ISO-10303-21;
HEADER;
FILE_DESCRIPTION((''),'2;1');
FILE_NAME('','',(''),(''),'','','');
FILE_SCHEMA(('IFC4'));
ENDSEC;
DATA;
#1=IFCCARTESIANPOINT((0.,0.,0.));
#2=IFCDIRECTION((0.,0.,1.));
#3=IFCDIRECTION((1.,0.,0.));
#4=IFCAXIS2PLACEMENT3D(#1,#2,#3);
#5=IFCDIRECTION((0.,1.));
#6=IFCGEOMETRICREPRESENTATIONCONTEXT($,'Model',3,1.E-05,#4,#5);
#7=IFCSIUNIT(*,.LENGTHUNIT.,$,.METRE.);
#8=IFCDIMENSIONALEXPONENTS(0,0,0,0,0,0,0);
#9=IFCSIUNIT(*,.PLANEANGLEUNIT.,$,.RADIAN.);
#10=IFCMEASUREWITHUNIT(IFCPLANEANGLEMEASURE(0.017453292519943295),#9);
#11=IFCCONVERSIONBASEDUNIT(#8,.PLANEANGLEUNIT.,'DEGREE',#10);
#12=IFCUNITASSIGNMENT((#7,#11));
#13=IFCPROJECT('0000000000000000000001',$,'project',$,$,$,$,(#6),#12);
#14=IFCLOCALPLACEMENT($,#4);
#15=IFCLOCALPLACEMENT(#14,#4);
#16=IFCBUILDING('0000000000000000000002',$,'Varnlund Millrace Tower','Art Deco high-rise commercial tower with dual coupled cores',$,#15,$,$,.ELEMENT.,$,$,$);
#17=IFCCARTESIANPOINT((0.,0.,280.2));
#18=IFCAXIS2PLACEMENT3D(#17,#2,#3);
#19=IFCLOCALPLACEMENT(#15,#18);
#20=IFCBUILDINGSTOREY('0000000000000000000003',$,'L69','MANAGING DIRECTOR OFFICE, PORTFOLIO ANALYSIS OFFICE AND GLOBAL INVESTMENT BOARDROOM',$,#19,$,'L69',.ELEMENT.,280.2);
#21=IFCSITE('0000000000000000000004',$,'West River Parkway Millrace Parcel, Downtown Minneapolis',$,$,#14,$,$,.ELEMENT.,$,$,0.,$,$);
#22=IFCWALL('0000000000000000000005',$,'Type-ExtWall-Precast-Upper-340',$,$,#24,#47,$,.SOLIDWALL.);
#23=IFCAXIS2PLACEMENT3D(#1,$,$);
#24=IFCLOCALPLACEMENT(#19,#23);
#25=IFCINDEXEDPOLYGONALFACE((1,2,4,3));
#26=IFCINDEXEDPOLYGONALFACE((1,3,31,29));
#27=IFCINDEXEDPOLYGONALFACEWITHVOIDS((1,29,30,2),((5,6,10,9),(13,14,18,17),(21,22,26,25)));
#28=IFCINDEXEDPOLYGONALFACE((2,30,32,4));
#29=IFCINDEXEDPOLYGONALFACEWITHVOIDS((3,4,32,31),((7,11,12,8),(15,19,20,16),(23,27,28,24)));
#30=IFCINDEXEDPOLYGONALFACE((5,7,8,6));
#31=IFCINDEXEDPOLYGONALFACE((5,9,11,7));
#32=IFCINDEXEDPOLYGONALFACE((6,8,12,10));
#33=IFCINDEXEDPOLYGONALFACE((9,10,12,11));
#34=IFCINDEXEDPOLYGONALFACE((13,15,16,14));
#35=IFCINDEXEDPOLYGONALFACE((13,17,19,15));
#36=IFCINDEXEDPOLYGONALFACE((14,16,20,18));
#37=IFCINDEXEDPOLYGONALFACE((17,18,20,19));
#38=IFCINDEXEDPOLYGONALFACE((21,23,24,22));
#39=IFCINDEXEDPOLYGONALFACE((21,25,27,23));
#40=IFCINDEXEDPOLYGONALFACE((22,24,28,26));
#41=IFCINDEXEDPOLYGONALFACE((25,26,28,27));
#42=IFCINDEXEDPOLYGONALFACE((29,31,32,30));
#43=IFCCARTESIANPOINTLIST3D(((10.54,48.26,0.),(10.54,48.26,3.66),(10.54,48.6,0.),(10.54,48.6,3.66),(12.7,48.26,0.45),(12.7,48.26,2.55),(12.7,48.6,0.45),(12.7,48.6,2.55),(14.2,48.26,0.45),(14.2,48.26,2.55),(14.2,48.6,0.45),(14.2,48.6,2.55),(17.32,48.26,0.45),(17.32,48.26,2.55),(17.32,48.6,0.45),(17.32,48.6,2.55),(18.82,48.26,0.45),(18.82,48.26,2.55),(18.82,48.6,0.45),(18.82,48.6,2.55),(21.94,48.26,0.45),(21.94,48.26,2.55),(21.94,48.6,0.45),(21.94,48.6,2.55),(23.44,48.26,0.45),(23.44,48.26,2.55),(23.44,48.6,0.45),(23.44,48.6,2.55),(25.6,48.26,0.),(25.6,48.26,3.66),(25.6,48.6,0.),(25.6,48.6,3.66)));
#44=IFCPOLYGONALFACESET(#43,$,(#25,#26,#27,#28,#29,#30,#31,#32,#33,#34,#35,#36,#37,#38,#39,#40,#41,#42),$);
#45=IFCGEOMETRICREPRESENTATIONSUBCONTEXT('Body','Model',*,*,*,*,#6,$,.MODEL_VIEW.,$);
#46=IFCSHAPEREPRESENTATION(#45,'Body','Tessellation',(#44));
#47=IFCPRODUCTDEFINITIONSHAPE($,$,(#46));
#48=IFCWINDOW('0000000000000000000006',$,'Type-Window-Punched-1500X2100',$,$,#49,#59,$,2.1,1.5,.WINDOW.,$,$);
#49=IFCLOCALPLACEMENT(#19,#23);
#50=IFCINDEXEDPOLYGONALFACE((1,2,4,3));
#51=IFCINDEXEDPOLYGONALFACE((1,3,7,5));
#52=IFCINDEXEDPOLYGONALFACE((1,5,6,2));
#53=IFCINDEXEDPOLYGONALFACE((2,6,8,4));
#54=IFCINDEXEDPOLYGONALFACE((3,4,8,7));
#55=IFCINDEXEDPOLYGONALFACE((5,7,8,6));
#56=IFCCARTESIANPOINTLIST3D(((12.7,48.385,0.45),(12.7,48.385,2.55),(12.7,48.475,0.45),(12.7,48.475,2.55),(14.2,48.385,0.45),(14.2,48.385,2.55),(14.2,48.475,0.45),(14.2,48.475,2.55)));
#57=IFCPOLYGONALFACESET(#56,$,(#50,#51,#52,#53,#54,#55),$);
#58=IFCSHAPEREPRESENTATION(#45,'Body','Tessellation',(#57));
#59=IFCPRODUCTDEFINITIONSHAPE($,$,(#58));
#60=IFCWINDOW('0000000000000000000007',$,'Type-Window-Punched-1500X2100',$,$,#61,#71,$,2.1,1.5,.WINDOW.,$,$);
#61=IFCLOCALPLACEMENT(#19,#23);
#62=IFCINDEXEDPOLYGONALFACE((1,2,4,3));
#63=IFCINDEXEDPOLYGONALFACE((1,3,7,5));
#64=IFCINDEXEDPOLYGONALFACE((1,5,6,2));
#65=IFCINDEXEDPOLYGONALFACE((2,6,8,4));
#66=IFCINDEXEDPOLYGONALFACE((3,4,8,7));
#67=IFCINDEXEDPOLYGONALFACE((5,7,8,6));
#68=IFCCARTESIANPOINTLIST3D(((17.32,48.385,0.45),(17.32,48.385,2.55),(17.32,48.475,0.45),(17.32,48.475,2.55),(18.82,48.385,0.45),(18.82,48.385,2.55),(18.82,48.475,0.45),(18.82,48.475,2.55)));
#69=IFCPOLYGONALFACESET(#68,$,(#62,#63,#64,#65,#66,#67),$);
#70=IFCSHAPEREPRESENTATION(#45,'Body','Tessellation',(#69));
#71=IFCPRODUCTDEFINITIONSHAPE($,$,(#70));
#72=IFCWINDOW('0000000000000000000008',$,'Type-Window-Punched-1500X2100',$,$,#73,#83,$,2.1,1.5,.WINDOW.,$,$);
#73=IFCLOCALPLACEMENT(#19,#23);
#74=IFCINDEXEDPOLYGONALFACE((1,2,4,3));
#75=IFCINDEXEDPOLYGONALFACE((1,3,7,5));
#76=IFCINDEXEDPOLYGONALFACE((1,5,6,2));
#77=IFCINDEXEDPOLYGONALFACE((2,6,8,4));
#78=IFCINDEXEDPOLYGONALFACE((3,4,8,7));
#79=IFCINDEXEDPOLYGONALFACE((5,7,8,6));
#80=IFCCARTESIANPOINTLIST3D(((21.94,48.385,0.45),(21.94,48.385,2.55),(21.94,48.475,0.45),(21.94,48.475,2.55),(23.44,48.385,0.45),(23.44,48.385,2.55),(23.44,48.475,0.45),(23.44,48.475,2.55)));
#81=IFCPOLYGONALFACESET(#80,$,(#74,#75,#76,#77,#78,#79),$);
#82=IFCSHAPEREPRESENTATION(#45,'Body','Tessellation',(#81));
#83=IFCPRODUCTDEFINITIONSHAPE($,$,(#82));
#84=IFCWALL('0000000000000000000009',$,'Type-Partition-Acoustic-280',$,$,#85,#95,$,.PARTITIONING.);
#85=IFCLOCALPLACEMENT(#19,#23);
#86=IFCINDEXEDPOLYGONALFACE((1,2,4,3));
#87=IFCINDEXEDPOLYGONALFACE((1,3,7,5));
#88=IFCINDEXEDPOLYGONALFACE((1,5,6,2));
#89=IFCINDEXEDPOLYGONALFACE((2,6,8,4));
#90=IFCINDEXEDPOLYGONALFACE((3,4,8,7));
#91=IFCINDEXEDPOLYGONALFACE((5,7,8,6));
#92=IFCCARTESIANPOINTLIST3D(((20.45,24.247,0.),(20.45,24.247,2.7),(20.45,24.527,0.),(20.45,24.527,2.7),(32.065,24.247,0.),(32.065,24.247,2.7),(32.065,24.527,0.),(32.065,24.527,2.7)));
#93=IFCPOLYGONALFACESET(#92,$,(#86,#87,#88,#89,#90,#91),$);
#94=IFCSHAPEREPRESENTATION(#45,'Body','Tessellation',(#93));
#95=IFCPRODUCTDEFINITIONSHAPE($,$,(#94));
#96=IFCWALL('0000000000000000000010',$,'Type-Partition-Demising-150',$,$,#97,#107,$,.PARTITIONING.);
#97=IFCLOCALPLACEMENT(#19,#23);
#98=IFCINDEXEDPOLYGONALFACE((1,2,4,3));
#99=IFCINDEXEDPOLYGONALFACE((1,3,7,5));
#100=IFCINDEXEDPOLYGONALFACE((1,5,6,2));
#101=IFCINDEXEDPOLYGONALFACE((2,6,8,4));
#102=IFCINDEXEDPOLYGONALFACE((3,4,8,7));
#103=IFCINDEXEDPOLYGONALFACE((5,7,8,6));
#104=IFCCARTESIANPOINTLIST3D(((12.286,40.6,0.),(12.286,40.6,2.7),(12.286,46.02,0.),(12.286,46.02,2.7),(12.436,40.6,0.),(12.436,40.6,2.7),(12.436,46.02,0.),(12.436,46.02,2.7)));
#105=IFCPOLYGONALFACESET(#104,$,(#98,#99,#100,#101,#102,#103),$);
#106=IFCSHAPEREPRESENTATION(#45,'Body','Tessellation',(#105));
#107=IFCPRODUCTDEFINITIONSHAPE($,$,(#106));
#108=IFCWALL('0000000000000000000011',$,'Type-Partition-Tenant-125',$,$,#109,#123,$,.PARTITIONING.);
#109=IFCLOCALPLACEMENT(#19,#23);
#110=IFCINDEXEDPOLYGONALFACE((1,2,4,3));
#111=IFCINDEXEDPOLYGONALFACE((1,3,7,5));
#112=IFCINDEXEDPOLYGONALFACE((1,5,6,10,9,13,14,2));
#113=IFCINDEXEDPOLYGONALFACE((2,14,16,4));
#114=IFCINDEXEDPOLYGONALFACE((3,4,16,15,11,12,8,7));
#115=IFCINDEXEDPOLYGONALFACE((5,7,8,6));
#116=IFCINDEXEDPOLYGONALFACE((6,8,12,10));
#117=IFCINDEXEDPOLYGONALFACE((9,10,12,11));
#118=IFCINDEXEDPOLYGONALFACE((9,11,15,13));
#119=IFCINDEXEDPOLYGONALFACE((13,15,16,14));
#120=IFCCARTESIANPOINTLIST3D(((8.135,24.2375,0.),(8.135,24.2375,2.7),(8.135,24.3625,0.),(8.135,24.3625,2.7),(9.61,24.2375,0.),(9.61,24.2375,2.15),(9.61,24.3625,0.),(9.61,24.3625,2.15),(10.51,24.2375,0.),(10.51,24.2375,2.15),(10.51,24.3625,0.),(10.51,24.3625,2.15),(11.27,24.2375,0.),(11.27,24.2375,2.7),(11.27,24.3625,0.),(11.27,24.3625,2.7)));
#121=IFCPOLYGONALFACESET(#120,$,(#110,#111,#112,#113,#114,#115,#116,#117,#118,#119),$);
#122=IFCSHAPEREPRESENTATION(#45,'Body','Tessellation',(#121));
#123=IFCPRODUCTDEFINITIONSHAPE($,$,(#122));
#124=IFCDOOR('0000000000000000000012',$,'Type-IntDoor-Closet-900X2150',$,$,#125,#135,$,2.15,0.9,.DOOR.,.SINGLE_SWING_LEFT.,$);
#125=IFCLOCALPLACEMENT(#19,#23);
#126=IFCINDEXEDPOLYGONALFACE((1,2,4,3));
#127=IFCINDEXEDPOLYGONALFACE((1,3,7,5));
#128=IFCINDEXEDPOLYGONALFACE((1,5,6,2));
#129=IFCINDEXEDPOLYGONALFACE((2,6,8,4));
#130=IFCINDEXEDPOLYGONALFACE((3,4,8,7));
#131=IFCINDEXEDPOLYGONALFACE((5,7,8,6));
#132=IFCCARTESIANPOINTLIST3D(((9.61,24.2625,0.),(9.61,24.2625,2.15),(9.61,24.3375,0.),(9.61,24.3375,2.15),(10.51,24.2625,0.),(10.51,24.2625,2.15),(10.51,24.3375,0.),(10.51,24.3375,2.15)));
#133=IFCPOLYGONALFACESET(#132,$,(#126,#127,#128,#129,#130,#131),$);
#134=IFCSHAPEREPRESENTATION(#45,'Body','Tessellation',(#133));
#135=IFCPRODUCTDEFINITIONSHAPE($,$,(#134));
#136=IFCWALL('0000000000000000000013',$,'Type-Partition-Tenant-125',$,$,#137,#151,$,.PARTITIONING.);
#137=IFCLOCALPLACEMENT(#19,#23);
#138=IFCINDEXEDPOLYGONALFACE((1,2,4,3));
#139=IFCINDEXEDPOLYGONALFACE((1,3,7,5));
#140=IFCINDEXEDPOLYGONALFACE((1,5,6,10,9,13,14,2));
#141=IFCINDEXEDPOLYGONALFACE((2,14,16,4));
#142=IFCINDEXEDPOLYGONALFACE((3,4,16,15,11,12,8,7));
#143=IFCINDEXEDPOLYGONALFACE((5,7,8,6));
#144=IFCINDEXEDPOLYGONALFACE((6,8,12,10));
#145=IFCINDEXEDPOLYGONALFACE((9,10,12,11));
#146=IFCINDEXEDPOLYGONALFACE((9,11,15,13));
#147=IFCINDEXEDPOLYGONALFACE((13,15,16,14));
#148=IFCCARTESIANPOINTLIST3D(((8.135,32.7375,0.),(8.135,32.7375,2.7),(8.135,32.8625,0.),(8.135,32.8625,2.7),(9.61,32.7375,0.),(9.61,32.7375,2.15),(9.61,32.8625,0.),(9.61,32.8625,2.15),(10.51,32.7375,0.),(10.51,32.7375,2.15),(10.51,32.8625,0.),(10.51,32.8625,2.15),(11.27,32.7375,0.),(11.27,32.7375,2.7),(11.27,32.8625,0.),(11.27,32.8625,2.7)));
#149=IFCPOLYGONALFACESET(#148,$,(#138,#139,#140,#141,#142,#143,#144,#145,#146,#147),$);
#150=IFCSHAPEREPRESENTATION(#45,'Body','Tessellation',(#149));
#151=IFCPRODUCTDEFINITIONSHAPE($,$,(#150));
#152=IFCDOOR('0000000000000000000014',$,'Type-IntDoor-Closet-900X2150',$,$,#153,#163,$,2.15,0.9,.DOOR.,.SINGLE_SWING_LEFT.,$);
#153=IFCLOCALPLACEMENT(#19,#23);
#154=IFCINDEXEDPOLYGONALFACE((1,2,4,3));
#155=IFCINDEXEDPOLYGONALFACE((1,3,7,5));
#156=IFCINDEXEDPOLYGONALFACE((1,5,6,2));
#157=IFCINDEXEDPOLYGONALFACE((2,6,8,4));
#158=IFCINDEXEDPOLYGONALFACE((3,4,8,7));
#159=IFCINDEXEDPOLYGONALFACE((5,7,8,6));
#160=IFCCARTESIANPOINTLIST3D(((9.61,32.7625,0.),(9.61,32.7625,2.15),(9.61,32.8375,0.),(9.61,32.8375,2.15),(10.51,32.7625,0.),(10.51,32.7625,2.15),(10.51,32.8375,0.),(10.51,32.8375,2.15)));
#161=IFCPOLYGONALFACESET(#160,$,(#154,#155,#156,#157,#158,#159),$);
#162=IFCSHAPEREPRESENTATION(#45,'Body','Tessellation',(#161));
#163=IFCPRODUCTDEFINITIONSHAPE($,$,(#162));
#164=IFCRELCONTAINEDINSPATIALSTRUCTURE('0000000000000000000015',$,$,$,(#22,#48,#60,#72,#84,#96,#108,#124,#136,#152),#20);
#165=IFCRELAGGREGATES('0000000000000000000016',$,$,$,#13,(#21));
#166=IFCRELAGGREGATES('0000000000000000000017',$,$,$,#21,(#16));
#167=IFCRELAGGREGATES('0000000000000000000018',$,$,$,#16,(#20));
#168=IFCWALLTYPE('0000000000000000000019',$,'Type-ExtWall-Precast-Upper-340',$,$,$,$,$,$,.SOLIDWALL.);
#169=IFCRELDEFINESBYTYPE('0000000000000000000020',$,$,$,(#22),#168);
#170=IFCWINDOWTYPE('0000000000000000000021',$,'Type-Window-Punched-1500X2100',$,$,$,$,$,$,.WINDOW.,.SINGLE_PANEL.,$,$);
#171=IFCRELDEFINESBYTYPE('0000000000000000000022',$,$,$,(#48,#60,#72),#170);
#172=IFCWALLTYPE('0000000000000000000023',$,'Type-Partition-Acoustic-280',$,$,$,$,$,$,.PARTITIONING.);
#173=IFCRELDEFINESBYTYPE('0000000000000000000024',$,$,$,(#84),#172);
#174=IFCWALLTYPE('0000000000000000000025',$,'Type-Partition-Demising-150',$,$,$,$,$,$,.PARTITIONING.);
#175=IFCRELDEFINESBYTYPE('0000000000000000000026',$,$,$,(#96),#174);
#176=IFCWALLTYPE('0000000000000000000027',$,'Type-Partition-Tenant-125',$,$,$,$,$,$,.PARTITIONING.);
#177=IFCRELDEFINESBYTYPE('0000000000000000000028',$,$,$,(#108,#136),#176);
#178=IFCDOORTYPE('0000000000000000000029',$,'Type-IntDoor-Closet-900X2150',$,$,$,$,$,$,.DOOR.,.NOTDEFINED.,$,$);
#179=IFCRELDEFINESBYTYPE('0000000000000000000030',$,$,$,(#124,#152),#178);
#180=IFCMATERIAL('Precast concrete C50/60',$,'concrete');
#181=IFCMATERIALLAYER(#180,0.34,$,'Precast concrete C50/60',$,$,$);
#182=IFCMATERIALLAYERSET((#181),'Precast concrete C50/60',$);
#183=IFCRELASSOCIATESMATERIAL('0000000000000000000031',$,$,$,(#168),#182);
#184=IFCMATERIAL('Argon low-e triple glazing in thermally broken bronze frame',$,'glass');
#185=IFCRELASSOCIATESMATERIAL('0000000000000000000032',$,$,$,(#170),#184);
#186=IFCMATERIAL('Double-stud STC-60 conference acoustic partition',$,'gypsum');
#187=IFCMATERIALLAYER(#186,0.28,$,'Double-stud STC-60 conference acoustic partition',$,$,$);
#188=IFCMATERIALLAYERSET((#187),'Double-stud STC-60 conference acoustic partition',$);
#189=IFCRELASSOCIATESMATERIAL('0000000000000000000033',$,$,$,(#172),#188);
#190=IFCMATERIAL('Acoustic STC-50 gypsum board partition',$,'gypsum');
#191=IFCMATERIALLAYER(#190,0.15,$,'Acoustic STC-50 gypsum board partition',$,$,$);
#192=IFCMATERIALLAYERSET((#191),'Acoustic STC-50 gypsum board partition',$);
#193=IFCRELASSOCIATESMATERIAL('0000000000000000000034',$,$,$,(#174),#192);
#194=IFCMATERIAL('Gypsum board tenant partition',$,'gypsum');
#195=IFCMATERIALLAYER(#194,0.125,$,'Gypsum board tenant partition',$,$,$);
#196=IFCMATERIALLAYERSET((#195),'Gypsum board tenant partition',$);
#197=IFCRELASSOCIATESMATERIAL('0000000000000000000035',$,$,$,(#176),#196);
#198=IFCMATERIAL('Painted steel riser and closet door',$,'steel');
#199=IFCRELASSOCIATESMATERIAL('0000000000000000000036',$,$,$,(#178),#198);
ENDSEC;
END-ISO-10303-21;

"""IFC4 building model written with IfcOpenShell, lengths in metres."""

from ifc_helpers import new_model, entity, si_unit, converted_unit, direction, frame, origin_with_axes, origin_2d_with_axis, place, context, subcontext, project, spatial, polyline, rectangle, outline, extrude, material, layer, layer_set, type_object, element, fill, save


model = new_model("IFC4")

# Units and contexts
model_context = context("Model", 3, precision=1e-05, world=origin_with_axes(), true_north=direction((0.0, 1.0)))
body_context = subcontext(model_context, "Body", "Model", "MODEL_VIEW")
ifc_project = project(units=[si_unit("LENGTHUNIT", "METRE"), converted_unit("PLANEANGLEUNIT", "DEGREE", entity("IfcPlaneAngleMeasure", 0.017453292519943295), si_unit("PLANEANGLEUNIT", "RADIAN"), dimensions=[0, 0, 0, 0, 0, 0, 0])], contexts=[model_context])

# Site, building, storey
site_placement = place(None, origin_with_axes())
site = spatial("IfcSite", under=ifc_project, at=site_placement, Name="West River Parkway Millrace Parcel, Downtown Minneapolis", CompositionType="ELEMENT", RefElevation=0.0)
building_placement = place(site_placement, origin_with_axes())
building = spatial("IfcBuilding", under=site, at=building_placement, Name="Varnlund Millrace Tower", Description="Art Deco high-rise commercial tower with dual coupled cores", CompositionType="ELEMENT")
storey_placement = place(building_placement, frame((0.0, 0.0, 280.2), z_axis=(0.0, 0.0, 1.0), x_axis=(1.0, 0.0, 0.0)))
storey = spatial("IfcBuildingStorey", under=building, at=storey_placement, Name="L69", Description="MANAGING DIRECTOR OFFICE, PORTFOLIO ANALYSIS OFFICE AND GLOBAL INVESTMENT BOARDROOM", LongName="L69", CompositionType="ELEMENT", Elevation=280.2)

# Shared definitions
ifc_material_1 = material(Name="Precast concrete C50/60", Category="concrete")
ifc_layer_1 = layer(ifc_material_1, 0.34, Name="Precast concrete C50/60")
ifc_layer_set_1 = layer_set([ifc_layer_1], Name="Precast concrete C50/60")
wall_type_1 = type_object("IfcWallType", Name="Type-ExtWall-Precast-Upper-340", PredefinedType="SOLIDWALL", material=ifc_layer_set_1)

# Wall, openings, windows
wall_1_placement = place(storey_placement, frame((10.54, 48.43, 0.0), z_axis=(0.0, 0.0, 1.0), x_axis=(1.0, 0.0, 0.0)))
wall_1 = element("IfcWall", 1, at=wall_1_placement, inside=storey, type_object=wall_type_1, Name="Type-ExtWall-Precast-Upper-340", PredefinedType="SOLIDWALL", context=body_context, shape_type="SweptSolid", body=[
    extrude(outline(polyline([(0.0, -0.17), (15.06, -0.17), (15.06, 0.17), (0.0, 0.17), (0.0, -0.17)])), origin_with_axes(), (0.0, 0.0, 1.0), 3.66),
])
opening_1_placement = place(wall_1_placement, frame((2.91, 0.0, 0.45), z_axis=(0.0, 0.0, 1.0), x_axis=(1.0, 0.0, 0.0)))
opening_1 = element("IfcOpeningElement", 2, at=opening_1_placement, cuts=wall_1, PredefinedType="OPENING", context=body_context, shape_type="SweptSolid", body=[
    extrude(rectangle(XDim=1.5, YDim=0.36, at=origin_2d_with_axis()), origin_with_axes(), (0.0, 0.0, 1.0), 2.1),
])
opening_2_placement = place(wall_1_placement, frame((7.53, 0.0, 0.45), z_axis=(0.0, 0.0, 1.0), x_axis=(1.0, 0.0, 0.0)))
opening_2 = element("IfcOpeningElement", 3, at=opening_2_placement, cuts=wall_1, PredefinedType="OPENING", context=body_context, shape_type="SweptSolid", body=[
    extrude(rectangle(XDim=1.5, YDim=0.36, at=origin_2d_with_axis()), origin_with_axes(), (0.0, 0.0, 1.0), 2.1),
])
opening_3_placement = place(wall_1_placement, frame((12.15, 0.0, 0.45), z_axis=(0.0, 0.0, 1.0), x_axis=(1.0, 0.0, 0.0)))
opening_3 = element("IfcOpeningElement", 4, at=opening_3_placement, cuts=wall_1, PredefinedType="OPENING", context=body_context, shape_type="SweptSolid", body=[
    extrude(rectangle(XDim=1.5, YDim=0.36, at=origin_2d_with_axis()), origin_with_axes(), (0.0, 0.0, 1.0), 2.1),
])
ifc_material_2 = material(Name="Argon low-e triple glazing in thermally broken bronze frame", Category="glass")
window_type = type_object("IfcWindowType", Name="Type-Window-Punched-1500X2100", PartitioningType="SINGLE_PANEL", PredefinedType="WINDOW", material=ifc_material_2)
window_1_placement = place(wall_1_placement, frame((2.91, 0.0, 0.45), z_axis=(0.0, 0.0, 1.0), x_axis=(1.0, 0.0, 0.0)))
window_1 = element("IfcWindow", 5, at=window_1_placement, inside=storey, type_object=window_type, Name="Type-Window-Punched-1500X2100", OverallHeight=2.1, OverallWidth=1.5, PredefinedType="WINDOW", context=body_context, shape_type="SweptSolid", body=[
    extrude(rectangle(XDim=1.5, YDim=0.09, at=origin_2d_with_axis()), origin_with_axes(), (0.0, 0.0, 1.0), 2.1),
])
fill(opening_1, window_1)
window_2_placement = place(wall_1_placement, frame((7.53, 0.0, 0.45), z_axis=(0.0, 0.0, 1.0), x_axis=(1.0, 0.0, 0.0)))
window_2 = element("IfcWindow", 6, at=window_2_placement, inside=storey, type_object=window_type, Name="Type-Window-Punched-1500X2100", OverallHeight=2.1, OverallWidth=1.5, PredefinedType="WINDOW", context=body_context, shape_type="SweptSolid", body=[
    extrude(rectangle(XDim=1.5, YDim=0.09, at=origin_2d_with_axis()), origin_with_axes(), (0.0, 0.0, 1.0), 2.1),
])
fill(opening_2, window_2)
window_3_placement = place(wall_1_placement, frame((12.15, 0.0, 0.45), z_axis=(0.0, 0.0, 1.0), x_axis=(1.0, 0.0, 0.0)))
window_3 = element("IfcWindow", 7, at=window_3_placement, inside=storey, type_object=window_type, Name="Type-Window-Punched-1500X2100", OverallHeight=2.1, OverallWidth=1.5, PredefinedType="WINDOW", context=body_context, shape_type="SweptSolid", body=[
    extrude(rectangle(XDim=1.5, YDim=0.09, at=origin_2d_with_axis()), origin_with_axes(), (0.0, 0.0, 1.0), 2.1),
])
fill(opening_3, window_3)

# Walls
ifc_material_3 = material(Name="Double-stud STC-60 conference acoustic partition", Category="gypsum")
ifc_layer_2 = layer(ifc_material_3, 0.28, Name="Double-stud STC-60 conference acoustic partition")
ifc_layer_set_2 = layer_set([ifc_layer_2], Name="Double-stud STC-60 conference acoustic partition")
wall_type_2 = type_object("IfcWallType", Name="Type-Partition-Acoustic-280", PredefinedType="PARTITIONING", material=ifc_layer_set_2)
wall_2_placement = place(storey_placement, frame((20.45, 24.387, 0.0), z_axis=(0.0, 0.0, 1.0), x_axis=(1.0, 0.0, 0.0)))
element("IfcWall", 8, at=wall_2_placement, inside=storey, type_object=wall_type_2, Name="Type-Partition-Acoustic-280", PredefinedType="PARTITIONING", context=body_context, shape_type="SweptSolid", body=[
    extrude(outline(polyline([(0.0, -0.14), (11.615, -0.14), (11.615, 0.14), (0.0, 0.14), (0.0, -0.14)])), origin_with_axes(), (0.0, 0.0, 1.0), 2.7),
])
ifc_material_4 = material(Name="Acoustic STC-50 gypsum board partition", Category="gypsum")
ifc_layer_3 = layer(ifc_material_4, 0.15, Name="Acoustic STC-50 gypsum board partition")
ifc_layer_set_3 = layer_set([ifc_layer_3], Name="Acoustic STC-50 gypsum board partition")
wall_type_3 = type_object("IfcWallType", Name="Type-Partition-Demising-150", PredefinedType="PARTITIONING", material=ifc_layer_set_3)
wall_3_placement = place(storey_placement, frame((12.361, 40.6, 0.0), z_axis=(0.0, 0.0, 1.0), x_axis=(0.0, 1.0, 0.0)))
element("IfcWall", 9, at=wall_3_placement, inside=storey, type_object=wall_type_3, Name="Type-Partition-Demising-150", PredefinedType="PARTITIONING", context=body_context, shape_type="SweptSolid", body=[
    extrude(outline(polyline([(0.0, -0.075), (5.42, -0.075), (5.42, 0.075), (0.0, 0.075), (0.0, -0.075)])), origin_with_axes(), (0.0, 0.0, 1.0), 2.7),
])

# Walls, openings, doors
ifc_material_5 = material(Name="Gypsum board tenant partition", Category="gypsum")
ifc_layer_4 = layer(ifc_material_5, 0.125, Name="Gypsum board tenant partition")
ifc_layer_set_4 = layer_set([ifc_layer_4], Name="Gypsum board tenant partition")
wall_type_4 = type_object("IfcWallType", Name="Type-Partition-Tenant-125", PredefinedType="PARTITIONING", material=ifc_layer_set_4)
wall_4_placement = place(storey_placement, frame((8.135, 24.3, 0.0), z_axis=(0.0, 0.0, 1.0), x_axis=(1.0, 0.0, 0.0)))
wall_4 = element("IfcWall", 10, at=wall_4_placement, inside=storey, type_object=wall_type_4, Name="Type-Partition-Tenant-125", PredefinedType="PARTITIONING", context=body_context, shape_type="SweptSolid", body=[
    extrude(outline(polyline([(0.0, -0.0625), (3.135, -0.0625), (3.135, 0.0625), (0.0, 0.0625), (0.0, -0.0625)])), origin_with_axes(), (0.0, 0.0, 1.0), 2.7),
])
opening_4_placement = place(wall_4_placement, frame((1.925, 0.0, 0.0), z_axis=(0.0, 0.0, 1.0), x_axis=(1.0, 0.0, 0.0)))
opening_4 = element("IfcOpeningElement", 11, at=opening_4_placement, cuts=wall_4, PredefinedType="OPENING", context=body_context, shape_type="SweptSolid", body=[
    extrude(rectangle(XDim=0.9, YDim=0.145, at=origin_2d_with_axis()), origin_with_axes(), (0.0, 0.0, 1.0), 2.15),
])
ifc_material_6 = material(Name="Painted steel riser and closet door", Category="steel")
door_type = type_object("IfcDoorType", Name="Type-IntDoor-Closet-900X2150", OperationType="NOTDEFINED", PredefinedType="DOOR", material=ifc_material_6)
door_1_placement = place(wall_4_placement, frame((1.925, 0.0, 0.0), z_axis=(0.0, 0.0, 1.0), x_axis=(1.0, 0.0, 0.0)))
door_1 = element("IfcDoor", 12, at=door_1_placement, inside=storey, type_object=door_type, Name="Type-IntDoor-Closet-900X2150", OperationType="SINGLE_SWING_LEFT", OverallHeight=2.15, OverallWidth=0.9, PredefinedType="DOOR", context=body_context, shape_type="SweptSolid", body=[
    extrude(rectangle(XDim=0.9, YDim=0.075, at=origin_2d_with_axis()), origin_with_axes(), (0.0, 0.0, 1.0), 2.15),
])
fill(opening_4, door_1)
wall_5_placement = place(storey_placement, frame((8.135, 32.8, 0.0), z_axis=(0.0, 0.0, 1.0), x_axis=(1.0, 0.0, 0.0)))
wall_5 = element("IfcWall", 13, at=wall_5_placement, inside=storey, type_object=wall_type_4, Name="Type-Partition-Tenant-125", PredefinedType="PARTITIONING", context=body_context, shape_type="SweptSolid", body=[
    extrude(outline(polyline([(0.0, -0.0625), (3.135, -0.0625), (3.135, 0.0625), (0.0, 0.0625), (0.0, -0.0625)])), origin_with_axes(), (0.0, 0.0, 1.0), 2.7),
])
opening_5_placement = place(wall_5_placement, frame((1.925, 0.0, 0.0), z_axis=(0.0, 0.0, 1.0), x_axis=(1.0, 0.0, 0.0)))
opening_5 = element("IfcOpeningElement", 14, at=opening_5_placement, cuts=wall_5, PredefinedType="OPENING", context=body_context, shape_type="SweptSolid", body=[
    extrude(rectangle(XDim=0.9, YDim=0.145, at=origin_2d_with_axis()), origin_with_axes(), (0.0, 0.0, 1.0), 2.15),
])
door_2_placement = place(wall_5_placement, frame((1.925, 0.0, 0.0), z_axis=(0.0, 0.0, 1.0), x_axis=(1.0, 0.0, 0.0)))
door_2 = element("IfcDoor", 15, at=door_2_placement, inside=storey, type_object=door_type, Name="Type-IntDoor-Closet-900X2150", OperationType="SINGLE_SWING_LEFT", OverallHeight=2.15, OverallWidth=0.9, PredefinedType="DOOR", context=body_context, shape_type="SweptSolid", body=[
    extrude(rectangle(XDim=0.9, YDim=0.075, at=origin_2d_with_axis()), origin_with_axes(), (0.0, 0.0, 1.0), 2.15),
])
fill(opening_5, door_2)

save(model, "model.ifc")
